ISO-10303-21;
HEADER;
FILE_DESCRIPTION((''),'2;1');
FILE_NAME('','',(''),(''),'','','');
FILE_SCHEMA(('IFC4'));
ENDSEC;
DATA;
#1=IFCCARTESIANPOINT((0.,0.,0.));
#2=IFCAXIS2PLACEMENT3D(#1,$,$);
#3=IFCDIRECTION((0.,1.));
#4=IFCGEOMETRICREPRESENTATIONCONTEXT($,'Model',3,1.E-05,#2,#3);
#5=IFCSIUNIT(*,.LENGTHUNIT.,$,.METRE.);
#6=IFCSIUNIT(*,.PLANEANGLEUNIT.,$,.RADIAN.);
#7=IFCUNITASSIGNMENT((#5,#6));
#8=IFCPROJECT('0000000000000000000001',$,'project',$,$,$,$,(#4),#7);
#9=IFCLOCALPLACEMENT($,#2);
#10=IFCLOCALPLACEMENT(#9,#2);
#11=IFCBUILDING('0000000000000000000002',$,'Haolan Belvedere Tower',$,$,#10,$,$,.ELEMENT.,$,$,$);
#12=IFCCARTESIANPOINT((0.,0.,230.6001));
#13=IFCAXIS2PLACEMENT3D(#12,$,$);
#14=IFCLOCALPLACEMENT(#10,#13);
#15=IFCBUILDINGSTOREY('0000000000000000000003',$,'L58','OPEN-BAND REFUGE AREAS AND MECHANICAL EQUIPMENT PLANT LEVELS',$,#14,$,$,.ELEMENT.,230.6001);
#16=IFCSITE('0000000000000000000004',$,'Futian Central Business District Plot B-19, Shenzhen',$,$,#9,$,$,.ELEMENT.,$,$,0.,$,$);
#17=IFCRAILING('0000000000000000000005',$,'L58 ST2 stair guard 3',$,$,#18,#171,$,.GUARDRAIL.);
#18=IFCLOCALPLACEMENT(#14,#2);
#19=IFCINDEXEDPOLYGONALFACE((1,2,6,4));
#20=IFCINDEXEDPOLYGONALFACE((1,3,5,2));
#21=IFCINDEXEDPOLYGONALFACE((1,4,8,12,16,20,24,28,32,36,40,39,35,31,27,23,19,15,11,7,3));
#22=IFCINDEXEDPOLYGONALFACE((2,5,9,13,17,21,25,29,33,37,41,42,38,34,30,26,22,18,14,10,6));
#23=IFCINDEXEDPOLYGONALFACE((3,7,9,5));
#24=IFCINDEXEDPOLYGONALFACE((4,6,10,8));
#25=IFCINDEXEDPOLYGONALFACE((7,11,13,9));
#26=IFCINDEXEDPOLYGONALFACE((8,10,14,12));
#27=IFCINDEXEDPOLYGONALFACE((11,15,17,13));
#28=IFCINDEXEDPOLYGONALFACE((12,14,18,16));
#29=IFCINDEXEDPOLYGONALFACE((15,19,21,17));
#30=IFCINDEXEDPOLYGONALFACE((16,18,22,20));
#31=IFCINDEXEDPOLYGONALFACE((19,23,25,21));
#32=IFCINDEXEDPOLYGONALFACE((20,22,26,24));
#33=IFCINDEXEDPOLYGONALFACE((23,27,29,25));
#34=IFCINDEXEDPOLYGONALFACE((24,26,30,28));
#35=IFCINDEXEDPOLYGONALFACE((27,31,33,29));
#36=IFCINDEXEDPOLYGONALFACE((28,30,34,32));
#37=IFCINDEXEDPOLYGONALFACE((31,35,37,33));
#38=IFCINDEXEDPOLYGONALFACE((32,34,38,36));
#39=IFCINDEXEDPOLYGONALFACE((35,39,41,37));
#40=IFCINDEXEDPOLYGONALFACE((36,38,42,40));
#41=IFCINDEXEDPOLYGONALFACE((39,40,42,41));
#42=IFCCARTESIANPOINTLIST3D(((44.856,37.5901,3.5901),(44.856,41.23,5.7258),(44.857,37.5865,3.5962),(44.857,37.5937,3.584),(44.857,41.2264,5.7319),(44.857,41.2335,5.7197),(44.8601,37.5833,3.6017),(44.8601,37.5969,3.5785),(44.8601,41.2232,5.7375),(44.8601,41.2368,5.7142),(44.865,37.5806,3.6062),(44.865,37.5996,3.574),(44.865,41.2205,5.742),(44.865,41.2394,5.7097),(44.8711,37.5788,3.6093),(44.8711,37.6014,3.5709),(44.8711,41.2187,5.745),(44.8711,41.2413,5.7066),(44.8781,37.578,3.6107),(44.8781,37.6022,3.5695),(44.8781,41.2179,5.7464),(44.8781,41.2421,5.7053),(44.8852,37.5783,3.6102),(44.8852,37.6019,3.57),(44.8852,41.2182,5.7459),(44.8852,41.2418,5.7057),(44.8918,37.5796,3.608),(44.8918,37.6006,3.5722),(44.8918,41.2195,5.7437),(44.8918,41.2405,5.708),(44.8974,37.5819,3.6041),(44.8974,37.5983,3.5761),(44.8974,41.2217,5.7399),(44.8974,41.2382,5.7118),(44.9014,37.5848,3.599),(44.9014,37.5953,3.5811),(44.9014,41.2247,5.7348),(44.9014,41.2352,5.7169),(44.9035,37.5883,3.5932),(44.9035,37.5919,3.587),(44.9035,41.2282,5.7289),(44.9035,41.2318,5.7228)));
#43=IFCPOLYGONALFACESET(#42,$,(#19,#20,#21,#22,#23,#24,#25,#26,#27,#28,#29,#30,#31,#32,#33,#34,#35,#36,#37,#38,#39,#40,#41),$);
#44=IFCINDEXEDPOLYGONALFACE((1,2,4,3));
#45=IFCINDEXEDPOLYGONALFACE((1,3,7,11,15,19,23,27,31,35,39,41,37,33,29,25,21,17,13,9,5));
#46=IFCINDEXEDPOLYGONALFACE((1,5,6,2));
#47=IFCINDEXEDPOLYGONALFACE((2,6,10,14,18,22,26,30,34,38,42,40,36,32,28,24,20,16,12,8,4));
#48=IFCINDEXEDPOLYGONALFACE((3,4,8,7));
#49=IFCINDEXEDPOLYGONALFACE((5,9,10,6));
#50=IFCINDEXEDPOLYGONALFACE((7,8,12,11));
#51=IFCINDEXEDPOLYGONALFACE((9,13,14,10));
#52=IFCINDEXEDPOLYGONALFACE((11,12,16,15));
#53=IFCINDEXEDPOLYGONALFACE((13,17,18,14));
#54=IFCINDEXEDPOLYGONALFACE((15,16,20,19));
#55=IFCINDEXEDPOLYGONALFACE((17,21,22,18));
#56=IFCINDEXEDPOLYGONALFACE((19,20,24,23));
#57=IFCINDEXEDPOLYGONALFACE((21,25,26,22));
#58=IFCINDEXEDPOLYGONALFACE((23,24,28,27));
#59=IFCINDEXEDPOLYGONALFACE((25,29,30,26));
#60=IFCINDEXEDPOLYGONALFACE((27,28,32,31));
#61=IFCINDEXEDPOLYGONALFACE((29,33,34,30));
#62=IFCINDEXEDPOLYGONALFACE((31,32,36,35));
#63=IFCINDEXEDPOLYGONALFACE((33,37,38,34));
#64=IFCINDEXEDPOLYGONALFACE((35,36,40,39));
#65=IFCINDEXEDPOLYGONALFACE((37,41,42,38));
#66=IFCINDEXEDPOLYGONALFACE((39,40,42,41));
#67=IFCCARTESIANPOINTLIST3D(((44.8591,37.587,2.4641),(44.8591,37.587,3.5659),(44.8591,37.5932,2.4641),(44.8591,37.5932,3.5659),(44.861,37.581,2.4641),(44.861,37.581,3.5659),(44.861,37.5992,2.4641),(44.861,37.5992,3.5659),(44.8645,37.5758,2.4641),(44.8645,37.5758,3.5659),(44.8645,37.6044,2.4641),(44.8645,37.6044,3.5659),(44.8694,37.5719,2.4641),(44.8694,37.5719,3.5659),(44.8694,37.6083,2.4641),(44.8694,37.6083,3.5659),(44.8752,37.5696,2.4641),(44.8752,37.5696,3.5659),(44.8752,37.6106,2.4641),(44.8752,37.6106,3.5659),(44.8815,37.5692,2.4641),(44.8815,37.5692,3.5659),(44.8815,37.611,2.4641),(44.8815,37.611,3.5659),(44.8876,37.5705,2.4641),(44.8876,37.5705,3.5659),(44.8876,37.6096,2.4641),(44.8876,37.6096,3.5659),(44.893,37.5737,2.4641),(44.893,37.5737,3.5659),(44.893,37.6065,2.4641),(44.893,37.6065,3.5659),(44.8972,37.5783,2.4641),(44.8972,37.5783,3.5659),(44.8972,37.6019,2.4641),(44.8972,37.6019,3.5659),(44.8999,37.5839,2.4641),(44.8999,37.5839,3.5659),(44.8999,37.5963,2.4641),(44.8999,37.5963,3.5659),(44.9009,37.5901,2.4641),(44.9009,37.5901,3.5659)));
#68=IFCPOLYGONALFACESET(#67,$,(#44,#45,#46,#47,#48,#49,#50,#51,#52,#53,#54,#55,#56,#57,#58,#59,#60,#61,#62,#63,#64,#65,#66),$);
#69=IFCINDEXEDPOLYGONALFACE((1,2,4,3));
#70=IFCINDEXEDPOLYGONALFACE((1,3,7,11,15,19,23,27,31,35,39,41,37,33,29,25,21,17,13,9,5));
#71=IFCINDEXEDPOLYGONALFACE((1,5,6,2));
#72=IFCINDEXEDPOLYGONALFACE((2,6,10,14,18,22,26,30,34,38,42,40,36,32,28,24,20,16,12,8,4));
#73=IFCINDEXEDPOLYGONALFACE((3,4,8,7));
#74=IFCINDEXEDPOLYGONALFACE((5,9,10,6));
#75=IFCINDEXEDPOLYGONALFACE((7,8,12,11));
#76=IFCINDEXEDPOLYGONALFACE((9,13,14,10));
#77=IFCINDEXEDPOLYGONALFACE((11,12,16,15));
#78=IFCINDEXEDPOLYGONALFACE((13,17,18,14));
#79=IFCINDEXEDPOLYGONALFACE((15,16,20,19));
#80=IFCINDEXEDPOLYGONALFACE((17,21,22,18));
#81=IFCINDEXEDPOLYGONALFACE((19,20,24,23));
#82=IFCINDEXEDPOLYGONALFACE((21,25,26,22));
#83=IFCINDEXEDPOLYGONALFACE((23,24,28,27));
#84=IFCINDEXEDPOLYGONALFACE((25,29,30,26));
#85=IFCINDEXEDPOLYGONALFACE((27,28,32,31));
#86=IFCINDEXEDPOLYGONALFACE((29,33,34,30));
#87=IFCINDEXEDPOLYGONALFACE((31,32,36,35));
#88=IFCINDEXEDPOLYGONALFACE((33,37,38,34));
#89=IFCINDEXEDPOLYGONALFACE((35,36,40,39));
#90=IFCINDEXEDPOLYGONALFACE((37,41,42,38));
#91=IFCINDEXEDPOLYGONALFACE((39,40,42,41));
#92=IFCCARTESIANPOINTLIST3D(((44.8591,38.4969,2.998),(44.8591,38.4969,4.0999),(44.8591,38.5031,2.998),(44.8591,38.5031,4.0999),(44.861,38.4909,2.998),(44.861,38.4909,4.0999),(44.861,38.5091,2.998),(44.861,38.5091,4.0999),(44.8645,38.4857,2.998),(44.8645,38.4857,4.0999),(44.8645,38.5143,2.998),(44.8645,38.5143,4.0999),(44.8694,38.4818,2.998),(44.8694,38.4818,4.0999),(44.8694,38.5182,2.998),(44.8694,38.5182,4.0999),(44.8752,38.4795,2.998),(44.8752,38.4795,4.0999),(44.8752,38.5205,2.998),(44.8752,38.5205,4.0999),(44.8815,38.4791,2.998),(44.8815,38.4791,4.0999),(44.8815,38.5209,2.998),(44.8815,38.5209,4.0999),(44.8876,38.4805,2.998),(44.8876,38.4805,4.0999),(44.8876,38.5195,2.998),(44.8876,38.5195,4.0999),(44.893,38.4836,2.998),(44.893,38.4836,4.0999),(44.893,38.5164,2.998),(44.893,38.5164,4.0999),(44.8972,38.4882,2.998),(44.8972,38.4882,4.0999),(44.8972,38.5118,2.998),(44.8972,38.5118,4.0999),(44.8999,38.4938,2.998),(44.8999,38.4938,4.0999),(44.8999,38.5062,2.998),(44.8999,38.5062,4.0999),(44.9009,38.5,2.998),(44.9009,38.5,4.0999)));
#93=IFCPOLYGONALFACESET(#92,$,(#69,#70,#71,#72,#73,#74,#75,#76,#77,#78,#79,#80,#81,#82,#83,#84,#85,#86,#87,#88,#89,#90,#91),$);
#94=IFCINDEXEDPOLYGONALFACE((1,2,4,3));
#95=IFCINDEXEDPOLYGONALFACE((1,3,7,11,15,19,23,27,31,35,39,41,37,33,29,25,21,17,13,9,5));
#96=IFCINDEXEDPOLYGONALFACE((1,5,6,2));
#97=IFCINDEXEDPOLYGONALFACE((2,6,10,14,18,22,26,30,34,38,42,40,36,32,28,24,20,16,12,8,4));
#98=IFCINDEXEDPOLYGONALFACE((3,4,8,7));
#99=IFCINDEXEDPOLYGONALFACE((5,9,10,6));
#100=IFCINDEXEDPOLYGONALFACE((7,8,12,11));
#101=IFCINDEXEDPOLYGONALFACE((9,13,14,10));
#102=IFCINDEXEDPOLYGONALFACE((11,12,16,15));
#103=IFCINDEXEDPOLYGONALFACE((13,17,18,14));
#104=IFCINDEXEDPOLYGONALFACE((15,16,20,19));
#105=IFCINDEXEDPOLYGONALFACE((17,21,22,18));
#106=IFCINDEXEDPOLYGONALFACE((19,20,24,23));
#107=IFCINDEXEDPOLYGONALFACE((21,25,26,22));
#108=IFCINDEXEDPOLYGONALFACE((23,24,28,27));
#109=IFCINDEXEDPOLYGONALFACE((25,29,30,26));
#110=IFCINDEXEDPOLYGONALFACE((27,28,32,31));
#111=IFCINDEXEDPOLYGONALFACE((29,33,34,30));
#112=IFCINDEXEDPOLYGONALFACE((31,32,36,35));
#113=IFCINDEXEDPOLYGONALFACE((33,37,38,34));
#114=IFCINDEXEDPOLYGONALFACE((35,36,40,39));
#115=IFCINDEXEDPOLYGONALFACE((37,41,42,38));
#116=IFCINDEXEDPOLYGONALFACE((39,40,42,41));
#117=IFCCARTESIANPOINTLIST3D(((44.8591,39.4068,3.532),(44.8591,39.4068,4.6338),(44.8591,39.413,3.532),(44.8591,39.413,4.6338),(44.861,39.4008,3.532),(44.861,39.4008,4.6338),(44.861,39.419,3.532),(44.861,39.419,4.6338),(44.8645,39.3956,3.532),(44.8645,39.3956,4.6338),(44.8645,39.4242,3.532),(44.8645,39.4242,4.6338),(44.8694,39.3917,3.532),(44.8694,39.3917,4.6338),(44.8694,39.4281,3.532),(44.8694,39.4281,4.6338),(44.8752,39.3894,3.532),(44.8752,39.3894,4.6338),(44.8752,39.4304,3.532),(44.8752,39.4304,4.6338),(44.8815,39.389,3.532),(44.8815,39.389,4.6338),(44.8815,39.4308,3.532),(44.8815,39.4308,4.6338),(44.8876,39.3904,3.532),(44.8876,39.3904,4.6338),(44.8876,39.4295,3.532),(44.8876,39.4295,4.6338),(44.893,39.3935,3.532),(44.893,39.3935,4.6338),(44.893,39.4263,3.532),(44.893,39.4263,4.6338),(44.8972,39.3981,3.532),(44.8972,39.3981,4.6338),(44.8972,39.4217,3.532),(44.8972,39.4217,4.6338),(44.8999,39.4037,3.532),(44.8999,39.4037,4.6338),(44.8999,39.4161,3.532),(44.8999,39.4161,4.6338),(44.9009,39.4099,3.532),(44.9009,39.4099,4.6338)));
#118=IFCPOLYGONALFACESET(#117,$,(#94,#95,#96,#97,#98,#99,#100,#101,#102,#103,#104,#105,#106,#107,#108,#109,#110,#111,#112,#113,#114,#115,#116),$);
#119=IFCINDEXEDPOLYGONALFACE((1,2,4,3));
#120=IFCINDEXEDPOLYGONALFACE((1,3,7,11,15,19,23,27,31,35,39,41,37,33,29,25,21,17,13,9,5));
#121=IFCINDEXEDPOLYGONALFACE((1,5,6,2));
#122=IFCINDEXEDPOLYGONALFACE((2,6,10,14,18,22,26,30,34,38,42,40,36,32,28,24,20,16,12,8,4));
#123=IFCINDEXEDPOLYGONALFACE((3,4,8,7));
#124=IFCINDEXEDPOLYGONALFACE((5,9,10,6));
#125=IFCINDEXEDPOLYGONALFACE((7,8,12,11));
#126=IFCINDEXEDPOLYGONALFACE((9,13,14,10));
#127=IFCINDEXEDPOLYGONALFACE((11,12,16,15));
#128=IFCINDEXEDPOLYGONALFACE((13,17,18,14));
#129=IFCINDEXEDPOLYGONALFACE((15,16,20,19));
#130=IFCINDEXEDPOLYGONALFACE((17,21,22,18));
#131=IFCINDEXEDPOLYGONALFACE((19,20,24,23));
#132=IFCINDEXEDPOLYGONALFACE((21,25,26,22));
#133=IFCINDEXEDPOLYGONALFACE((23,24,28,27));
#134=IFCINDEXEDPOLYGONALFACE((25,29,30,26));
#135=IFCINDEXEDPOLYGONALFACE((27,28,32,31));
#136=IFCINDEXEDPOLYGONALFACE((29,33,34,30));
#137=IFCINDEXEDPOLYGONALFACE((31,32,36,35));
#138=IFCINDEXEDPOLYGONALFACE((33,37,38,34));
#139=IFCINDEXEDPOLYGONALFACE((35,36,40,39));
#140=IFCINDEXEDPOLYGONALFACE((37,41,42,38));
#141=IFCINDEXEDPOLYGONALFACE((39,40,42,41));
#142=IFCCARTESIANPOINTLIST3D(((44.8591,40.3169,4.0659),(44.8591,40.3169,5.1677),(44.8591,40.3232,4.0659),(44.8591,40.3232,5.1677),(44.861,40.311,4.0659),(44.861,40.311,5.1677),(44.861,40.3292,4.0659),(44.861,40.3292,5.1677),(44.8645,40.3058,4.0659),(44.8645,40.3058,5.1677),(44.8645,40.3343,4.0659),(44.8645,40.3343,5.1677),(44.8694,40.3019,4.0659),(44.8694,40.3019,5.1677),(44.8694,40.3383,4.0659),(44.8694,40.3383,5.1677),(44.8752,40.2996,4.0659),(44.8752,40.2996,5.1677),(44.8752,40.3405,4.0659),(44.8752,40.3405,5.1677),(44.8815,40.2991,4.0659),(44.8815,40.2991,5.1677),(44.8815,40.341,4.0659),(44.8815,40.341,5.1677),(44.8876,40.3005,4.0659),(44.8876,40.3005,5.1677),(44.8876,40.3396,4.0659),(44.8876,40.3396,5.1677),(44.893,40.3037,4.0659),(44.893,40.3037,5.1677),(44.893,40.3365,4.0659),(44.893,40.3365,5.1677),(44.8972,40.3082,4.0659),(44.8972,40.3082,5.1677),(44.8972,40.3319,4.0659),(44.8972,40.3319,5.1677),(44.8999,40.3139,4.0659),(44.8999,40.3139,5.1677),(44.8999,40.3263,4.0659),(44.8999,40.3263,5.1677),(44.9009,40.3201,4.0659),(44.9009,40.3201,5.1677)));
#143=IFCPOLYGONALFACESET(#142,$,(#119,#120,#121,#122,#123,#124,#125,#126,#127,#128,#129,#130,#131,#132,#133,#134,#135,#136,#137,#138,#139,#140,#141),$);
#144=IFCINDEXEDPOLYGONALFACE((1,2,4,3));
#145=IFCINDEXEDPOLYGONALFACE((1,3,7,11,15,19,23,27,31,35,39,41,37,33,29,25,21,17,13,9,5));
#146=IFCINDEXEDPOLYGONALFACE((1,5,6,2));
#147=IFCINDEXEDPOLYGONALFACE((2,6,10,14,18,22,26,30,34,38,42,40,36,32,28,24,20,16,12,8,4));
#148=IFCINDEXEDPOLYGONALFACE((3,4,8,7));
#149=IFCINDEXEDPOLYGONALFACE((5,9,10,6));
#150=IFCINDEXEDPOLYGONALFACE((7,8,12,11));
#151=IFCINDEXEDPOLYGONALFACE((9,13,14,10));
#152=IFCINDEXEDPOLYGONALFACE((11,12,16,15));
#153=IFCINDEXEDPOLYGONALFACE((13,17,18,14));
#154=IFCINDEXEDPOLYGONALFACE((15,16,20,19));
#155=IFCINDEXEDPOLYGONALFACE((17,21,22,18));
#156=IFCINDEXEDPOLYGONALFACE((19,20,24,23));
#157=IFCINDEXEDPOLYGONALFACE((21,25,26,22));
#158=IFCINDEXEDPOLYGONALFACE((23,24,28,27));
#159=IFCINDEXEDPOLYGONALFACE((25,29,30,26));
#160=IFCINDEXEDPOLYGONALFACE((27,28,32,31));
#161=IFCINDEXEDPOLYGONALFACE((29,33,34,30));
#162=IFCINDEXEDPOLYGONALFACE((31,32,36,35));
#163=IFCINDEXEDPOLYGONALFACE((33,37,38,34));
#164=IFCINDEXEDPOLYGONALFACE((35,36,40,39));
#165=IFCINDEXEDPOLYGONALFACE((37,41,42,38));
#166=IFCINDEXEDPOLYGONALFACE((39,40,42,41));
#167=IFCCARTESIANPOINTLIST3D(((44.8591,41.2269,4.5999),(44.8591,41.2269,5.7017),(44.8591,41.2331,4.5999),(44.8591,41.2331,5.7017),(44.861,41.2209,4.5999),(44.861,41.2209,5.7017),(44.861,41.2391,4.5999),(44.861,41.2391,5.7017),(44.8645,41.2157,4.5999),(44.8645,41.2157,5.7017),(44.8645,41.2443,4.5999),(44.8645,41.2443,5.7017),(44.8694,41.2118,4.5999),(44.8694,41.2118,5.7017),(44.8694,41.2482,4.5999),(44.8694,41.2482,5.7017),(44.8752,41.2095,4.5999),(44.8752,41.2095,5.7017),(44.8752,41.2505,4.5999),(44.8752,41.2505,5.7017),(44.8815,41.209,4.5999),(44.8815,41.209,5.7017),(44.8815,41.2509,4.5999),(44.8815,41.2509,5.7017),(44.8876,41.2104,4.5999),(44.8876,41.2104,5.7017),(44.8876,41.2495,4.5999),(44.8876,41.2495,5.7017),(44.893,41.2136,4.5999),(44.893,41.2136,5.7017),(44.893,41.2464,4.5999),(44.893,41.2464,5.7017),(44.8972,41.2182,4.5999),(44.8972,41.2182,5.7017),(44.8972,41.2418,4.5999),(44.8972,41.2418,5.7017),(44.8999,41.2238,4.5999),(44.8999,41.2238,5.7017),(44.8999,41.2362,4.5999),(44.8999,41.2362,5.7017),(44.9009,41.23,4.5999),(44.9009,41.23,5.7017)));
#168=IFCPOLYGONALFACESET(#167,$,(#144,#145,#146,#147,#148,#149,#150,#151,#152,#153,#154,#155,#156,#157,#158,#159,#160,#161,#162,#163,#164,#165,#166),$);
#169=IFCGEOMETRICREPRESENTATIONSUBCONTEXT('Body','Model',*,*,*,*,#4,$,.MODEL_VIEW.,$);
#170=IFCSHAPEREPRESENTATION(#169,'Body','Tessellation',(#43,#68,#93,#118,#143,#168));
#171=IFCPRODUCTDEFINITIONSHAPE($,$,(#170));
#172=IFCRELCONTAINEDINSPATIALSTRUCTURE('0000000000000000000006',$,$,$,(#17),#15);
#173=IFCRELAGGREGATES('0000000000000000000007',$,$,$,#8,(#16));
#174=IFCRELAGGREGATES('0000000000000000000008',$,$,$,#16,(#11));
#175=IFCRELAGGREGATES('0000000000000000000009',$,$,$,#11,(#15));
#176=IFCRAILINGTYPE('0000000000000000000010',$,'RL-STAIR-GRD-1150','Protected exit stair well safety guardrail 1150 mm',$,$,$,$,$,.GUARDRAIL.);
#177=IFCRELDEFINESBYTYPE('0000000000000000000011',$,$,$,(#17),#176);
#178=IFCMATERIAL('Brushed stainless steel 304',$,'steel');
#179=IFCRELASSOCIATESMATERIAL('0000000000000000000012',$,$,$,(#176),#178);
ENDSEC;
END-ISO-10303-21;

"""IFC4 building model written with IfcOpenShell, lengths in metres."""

from ifc_helpers import new_model, si_unit, direction, frame, origin, origin_2d, place, context, subcontext, project, spatial, circle, extrude, material, type_object, element, save


model = new_model("IFC4")

# Units and contexts
model_context = context("Model", 3, precision=1e-05, world=origin(), true_north=direction((0.0, 1.0)))
body_context = subcontext(model_context, "Body", "Model", "MODEL_VIEW")
ifc_project = project(units=[si_unit("LENGTHUNIT", "METRE"), si_unit("PLANEANGLEUNIT", "RADIAN")], contexts=[model_context])

# Site, building, storey
site_placement = place(None, origin())
site = spatial("IfcSite", under=ifc_project, at=site_placement, Name="Futian Central Business District Plot B-19, Shenzhen", CompositionType="ELEMENT", RefElevation=0.0)
building_placement = place(site_placement, origin())
building = spatial("IfcBuilding", under=site, at=building_placement, Name="Haolan Belvedere Tower", CompositionType="ELEMENT")
storey_placement = place(building_placement, frame((0.0, 0.0, 230.6001)))
storey = spatial("IfcBuildingStorey", under=building, at=storey_placement, Name="L58", Description="OPEN-BAND REFUGE AREAS AND MECHANICAL EQUIPMENT PLANT LEVELS", CompositionType="ELEMENT", Elevation=230.6001)

# Railing
ifc_material_1 = material(Name="Brushed stainless steel 304", Category="steel")
railing_type_1 = type_object("IfcRailingType", Name="RL-STAIR-GRD-1150", Description="Protected exit stair well safety guardrail 1150 mm", PredefinedType="GUARDRAIL", material=ifc_material_1)
railing_1_placement = place(storey_placement, frame((44.8799, 37.5901, 2.4641)))
element("IfcRailing", 1, at=railing_1_placement, inside=storey, type_object=railing_type_1, Name="L58 ST2 stair guard 3", PredefinedType="GUARDRAIL", context=body_context, shape_type="SweptSolid", body=[
    extrude(circle(Radius=0.0239, at=origin_2d()), frame((0.0, 0.0, 1.126), z_axis=(0.0, 0.86249, 0.506074), x_axis=(-1.0, 0.0, 0.0)), (0.0, 0.0, 1.0), 4.2202),
    extrude(circle(Radius=0.021, at=origin_2d()), origin(), (0.0, 0.0, 1.0), 1.1018),
    extrude(circle(Radius=0.021, at=origin_2d()), frame((0.0, 0.9099, 0.5339)), (0.0, 0.0, 1.0), 1.1018),
    extrude(circle(Radius=0.021, at=origin_2d()), frame((0.0, 1.8198, 1.0679)), (0.0, 0.0, 1.0), 1.1018),
    extrude(circle(Radius=0.021, at=origin_2d()), frame((0.0, 2.73, 1.6018)), (0.0, 0.0, 1.0), 1.1018),
    extrude(circle(Radius=0.021, at=origin_2d()), frame((0.0, 3.6399, 2.1357)), (0.0, 0.0, 1.0), 1.1018),
])

save(model, "model.ifc")
